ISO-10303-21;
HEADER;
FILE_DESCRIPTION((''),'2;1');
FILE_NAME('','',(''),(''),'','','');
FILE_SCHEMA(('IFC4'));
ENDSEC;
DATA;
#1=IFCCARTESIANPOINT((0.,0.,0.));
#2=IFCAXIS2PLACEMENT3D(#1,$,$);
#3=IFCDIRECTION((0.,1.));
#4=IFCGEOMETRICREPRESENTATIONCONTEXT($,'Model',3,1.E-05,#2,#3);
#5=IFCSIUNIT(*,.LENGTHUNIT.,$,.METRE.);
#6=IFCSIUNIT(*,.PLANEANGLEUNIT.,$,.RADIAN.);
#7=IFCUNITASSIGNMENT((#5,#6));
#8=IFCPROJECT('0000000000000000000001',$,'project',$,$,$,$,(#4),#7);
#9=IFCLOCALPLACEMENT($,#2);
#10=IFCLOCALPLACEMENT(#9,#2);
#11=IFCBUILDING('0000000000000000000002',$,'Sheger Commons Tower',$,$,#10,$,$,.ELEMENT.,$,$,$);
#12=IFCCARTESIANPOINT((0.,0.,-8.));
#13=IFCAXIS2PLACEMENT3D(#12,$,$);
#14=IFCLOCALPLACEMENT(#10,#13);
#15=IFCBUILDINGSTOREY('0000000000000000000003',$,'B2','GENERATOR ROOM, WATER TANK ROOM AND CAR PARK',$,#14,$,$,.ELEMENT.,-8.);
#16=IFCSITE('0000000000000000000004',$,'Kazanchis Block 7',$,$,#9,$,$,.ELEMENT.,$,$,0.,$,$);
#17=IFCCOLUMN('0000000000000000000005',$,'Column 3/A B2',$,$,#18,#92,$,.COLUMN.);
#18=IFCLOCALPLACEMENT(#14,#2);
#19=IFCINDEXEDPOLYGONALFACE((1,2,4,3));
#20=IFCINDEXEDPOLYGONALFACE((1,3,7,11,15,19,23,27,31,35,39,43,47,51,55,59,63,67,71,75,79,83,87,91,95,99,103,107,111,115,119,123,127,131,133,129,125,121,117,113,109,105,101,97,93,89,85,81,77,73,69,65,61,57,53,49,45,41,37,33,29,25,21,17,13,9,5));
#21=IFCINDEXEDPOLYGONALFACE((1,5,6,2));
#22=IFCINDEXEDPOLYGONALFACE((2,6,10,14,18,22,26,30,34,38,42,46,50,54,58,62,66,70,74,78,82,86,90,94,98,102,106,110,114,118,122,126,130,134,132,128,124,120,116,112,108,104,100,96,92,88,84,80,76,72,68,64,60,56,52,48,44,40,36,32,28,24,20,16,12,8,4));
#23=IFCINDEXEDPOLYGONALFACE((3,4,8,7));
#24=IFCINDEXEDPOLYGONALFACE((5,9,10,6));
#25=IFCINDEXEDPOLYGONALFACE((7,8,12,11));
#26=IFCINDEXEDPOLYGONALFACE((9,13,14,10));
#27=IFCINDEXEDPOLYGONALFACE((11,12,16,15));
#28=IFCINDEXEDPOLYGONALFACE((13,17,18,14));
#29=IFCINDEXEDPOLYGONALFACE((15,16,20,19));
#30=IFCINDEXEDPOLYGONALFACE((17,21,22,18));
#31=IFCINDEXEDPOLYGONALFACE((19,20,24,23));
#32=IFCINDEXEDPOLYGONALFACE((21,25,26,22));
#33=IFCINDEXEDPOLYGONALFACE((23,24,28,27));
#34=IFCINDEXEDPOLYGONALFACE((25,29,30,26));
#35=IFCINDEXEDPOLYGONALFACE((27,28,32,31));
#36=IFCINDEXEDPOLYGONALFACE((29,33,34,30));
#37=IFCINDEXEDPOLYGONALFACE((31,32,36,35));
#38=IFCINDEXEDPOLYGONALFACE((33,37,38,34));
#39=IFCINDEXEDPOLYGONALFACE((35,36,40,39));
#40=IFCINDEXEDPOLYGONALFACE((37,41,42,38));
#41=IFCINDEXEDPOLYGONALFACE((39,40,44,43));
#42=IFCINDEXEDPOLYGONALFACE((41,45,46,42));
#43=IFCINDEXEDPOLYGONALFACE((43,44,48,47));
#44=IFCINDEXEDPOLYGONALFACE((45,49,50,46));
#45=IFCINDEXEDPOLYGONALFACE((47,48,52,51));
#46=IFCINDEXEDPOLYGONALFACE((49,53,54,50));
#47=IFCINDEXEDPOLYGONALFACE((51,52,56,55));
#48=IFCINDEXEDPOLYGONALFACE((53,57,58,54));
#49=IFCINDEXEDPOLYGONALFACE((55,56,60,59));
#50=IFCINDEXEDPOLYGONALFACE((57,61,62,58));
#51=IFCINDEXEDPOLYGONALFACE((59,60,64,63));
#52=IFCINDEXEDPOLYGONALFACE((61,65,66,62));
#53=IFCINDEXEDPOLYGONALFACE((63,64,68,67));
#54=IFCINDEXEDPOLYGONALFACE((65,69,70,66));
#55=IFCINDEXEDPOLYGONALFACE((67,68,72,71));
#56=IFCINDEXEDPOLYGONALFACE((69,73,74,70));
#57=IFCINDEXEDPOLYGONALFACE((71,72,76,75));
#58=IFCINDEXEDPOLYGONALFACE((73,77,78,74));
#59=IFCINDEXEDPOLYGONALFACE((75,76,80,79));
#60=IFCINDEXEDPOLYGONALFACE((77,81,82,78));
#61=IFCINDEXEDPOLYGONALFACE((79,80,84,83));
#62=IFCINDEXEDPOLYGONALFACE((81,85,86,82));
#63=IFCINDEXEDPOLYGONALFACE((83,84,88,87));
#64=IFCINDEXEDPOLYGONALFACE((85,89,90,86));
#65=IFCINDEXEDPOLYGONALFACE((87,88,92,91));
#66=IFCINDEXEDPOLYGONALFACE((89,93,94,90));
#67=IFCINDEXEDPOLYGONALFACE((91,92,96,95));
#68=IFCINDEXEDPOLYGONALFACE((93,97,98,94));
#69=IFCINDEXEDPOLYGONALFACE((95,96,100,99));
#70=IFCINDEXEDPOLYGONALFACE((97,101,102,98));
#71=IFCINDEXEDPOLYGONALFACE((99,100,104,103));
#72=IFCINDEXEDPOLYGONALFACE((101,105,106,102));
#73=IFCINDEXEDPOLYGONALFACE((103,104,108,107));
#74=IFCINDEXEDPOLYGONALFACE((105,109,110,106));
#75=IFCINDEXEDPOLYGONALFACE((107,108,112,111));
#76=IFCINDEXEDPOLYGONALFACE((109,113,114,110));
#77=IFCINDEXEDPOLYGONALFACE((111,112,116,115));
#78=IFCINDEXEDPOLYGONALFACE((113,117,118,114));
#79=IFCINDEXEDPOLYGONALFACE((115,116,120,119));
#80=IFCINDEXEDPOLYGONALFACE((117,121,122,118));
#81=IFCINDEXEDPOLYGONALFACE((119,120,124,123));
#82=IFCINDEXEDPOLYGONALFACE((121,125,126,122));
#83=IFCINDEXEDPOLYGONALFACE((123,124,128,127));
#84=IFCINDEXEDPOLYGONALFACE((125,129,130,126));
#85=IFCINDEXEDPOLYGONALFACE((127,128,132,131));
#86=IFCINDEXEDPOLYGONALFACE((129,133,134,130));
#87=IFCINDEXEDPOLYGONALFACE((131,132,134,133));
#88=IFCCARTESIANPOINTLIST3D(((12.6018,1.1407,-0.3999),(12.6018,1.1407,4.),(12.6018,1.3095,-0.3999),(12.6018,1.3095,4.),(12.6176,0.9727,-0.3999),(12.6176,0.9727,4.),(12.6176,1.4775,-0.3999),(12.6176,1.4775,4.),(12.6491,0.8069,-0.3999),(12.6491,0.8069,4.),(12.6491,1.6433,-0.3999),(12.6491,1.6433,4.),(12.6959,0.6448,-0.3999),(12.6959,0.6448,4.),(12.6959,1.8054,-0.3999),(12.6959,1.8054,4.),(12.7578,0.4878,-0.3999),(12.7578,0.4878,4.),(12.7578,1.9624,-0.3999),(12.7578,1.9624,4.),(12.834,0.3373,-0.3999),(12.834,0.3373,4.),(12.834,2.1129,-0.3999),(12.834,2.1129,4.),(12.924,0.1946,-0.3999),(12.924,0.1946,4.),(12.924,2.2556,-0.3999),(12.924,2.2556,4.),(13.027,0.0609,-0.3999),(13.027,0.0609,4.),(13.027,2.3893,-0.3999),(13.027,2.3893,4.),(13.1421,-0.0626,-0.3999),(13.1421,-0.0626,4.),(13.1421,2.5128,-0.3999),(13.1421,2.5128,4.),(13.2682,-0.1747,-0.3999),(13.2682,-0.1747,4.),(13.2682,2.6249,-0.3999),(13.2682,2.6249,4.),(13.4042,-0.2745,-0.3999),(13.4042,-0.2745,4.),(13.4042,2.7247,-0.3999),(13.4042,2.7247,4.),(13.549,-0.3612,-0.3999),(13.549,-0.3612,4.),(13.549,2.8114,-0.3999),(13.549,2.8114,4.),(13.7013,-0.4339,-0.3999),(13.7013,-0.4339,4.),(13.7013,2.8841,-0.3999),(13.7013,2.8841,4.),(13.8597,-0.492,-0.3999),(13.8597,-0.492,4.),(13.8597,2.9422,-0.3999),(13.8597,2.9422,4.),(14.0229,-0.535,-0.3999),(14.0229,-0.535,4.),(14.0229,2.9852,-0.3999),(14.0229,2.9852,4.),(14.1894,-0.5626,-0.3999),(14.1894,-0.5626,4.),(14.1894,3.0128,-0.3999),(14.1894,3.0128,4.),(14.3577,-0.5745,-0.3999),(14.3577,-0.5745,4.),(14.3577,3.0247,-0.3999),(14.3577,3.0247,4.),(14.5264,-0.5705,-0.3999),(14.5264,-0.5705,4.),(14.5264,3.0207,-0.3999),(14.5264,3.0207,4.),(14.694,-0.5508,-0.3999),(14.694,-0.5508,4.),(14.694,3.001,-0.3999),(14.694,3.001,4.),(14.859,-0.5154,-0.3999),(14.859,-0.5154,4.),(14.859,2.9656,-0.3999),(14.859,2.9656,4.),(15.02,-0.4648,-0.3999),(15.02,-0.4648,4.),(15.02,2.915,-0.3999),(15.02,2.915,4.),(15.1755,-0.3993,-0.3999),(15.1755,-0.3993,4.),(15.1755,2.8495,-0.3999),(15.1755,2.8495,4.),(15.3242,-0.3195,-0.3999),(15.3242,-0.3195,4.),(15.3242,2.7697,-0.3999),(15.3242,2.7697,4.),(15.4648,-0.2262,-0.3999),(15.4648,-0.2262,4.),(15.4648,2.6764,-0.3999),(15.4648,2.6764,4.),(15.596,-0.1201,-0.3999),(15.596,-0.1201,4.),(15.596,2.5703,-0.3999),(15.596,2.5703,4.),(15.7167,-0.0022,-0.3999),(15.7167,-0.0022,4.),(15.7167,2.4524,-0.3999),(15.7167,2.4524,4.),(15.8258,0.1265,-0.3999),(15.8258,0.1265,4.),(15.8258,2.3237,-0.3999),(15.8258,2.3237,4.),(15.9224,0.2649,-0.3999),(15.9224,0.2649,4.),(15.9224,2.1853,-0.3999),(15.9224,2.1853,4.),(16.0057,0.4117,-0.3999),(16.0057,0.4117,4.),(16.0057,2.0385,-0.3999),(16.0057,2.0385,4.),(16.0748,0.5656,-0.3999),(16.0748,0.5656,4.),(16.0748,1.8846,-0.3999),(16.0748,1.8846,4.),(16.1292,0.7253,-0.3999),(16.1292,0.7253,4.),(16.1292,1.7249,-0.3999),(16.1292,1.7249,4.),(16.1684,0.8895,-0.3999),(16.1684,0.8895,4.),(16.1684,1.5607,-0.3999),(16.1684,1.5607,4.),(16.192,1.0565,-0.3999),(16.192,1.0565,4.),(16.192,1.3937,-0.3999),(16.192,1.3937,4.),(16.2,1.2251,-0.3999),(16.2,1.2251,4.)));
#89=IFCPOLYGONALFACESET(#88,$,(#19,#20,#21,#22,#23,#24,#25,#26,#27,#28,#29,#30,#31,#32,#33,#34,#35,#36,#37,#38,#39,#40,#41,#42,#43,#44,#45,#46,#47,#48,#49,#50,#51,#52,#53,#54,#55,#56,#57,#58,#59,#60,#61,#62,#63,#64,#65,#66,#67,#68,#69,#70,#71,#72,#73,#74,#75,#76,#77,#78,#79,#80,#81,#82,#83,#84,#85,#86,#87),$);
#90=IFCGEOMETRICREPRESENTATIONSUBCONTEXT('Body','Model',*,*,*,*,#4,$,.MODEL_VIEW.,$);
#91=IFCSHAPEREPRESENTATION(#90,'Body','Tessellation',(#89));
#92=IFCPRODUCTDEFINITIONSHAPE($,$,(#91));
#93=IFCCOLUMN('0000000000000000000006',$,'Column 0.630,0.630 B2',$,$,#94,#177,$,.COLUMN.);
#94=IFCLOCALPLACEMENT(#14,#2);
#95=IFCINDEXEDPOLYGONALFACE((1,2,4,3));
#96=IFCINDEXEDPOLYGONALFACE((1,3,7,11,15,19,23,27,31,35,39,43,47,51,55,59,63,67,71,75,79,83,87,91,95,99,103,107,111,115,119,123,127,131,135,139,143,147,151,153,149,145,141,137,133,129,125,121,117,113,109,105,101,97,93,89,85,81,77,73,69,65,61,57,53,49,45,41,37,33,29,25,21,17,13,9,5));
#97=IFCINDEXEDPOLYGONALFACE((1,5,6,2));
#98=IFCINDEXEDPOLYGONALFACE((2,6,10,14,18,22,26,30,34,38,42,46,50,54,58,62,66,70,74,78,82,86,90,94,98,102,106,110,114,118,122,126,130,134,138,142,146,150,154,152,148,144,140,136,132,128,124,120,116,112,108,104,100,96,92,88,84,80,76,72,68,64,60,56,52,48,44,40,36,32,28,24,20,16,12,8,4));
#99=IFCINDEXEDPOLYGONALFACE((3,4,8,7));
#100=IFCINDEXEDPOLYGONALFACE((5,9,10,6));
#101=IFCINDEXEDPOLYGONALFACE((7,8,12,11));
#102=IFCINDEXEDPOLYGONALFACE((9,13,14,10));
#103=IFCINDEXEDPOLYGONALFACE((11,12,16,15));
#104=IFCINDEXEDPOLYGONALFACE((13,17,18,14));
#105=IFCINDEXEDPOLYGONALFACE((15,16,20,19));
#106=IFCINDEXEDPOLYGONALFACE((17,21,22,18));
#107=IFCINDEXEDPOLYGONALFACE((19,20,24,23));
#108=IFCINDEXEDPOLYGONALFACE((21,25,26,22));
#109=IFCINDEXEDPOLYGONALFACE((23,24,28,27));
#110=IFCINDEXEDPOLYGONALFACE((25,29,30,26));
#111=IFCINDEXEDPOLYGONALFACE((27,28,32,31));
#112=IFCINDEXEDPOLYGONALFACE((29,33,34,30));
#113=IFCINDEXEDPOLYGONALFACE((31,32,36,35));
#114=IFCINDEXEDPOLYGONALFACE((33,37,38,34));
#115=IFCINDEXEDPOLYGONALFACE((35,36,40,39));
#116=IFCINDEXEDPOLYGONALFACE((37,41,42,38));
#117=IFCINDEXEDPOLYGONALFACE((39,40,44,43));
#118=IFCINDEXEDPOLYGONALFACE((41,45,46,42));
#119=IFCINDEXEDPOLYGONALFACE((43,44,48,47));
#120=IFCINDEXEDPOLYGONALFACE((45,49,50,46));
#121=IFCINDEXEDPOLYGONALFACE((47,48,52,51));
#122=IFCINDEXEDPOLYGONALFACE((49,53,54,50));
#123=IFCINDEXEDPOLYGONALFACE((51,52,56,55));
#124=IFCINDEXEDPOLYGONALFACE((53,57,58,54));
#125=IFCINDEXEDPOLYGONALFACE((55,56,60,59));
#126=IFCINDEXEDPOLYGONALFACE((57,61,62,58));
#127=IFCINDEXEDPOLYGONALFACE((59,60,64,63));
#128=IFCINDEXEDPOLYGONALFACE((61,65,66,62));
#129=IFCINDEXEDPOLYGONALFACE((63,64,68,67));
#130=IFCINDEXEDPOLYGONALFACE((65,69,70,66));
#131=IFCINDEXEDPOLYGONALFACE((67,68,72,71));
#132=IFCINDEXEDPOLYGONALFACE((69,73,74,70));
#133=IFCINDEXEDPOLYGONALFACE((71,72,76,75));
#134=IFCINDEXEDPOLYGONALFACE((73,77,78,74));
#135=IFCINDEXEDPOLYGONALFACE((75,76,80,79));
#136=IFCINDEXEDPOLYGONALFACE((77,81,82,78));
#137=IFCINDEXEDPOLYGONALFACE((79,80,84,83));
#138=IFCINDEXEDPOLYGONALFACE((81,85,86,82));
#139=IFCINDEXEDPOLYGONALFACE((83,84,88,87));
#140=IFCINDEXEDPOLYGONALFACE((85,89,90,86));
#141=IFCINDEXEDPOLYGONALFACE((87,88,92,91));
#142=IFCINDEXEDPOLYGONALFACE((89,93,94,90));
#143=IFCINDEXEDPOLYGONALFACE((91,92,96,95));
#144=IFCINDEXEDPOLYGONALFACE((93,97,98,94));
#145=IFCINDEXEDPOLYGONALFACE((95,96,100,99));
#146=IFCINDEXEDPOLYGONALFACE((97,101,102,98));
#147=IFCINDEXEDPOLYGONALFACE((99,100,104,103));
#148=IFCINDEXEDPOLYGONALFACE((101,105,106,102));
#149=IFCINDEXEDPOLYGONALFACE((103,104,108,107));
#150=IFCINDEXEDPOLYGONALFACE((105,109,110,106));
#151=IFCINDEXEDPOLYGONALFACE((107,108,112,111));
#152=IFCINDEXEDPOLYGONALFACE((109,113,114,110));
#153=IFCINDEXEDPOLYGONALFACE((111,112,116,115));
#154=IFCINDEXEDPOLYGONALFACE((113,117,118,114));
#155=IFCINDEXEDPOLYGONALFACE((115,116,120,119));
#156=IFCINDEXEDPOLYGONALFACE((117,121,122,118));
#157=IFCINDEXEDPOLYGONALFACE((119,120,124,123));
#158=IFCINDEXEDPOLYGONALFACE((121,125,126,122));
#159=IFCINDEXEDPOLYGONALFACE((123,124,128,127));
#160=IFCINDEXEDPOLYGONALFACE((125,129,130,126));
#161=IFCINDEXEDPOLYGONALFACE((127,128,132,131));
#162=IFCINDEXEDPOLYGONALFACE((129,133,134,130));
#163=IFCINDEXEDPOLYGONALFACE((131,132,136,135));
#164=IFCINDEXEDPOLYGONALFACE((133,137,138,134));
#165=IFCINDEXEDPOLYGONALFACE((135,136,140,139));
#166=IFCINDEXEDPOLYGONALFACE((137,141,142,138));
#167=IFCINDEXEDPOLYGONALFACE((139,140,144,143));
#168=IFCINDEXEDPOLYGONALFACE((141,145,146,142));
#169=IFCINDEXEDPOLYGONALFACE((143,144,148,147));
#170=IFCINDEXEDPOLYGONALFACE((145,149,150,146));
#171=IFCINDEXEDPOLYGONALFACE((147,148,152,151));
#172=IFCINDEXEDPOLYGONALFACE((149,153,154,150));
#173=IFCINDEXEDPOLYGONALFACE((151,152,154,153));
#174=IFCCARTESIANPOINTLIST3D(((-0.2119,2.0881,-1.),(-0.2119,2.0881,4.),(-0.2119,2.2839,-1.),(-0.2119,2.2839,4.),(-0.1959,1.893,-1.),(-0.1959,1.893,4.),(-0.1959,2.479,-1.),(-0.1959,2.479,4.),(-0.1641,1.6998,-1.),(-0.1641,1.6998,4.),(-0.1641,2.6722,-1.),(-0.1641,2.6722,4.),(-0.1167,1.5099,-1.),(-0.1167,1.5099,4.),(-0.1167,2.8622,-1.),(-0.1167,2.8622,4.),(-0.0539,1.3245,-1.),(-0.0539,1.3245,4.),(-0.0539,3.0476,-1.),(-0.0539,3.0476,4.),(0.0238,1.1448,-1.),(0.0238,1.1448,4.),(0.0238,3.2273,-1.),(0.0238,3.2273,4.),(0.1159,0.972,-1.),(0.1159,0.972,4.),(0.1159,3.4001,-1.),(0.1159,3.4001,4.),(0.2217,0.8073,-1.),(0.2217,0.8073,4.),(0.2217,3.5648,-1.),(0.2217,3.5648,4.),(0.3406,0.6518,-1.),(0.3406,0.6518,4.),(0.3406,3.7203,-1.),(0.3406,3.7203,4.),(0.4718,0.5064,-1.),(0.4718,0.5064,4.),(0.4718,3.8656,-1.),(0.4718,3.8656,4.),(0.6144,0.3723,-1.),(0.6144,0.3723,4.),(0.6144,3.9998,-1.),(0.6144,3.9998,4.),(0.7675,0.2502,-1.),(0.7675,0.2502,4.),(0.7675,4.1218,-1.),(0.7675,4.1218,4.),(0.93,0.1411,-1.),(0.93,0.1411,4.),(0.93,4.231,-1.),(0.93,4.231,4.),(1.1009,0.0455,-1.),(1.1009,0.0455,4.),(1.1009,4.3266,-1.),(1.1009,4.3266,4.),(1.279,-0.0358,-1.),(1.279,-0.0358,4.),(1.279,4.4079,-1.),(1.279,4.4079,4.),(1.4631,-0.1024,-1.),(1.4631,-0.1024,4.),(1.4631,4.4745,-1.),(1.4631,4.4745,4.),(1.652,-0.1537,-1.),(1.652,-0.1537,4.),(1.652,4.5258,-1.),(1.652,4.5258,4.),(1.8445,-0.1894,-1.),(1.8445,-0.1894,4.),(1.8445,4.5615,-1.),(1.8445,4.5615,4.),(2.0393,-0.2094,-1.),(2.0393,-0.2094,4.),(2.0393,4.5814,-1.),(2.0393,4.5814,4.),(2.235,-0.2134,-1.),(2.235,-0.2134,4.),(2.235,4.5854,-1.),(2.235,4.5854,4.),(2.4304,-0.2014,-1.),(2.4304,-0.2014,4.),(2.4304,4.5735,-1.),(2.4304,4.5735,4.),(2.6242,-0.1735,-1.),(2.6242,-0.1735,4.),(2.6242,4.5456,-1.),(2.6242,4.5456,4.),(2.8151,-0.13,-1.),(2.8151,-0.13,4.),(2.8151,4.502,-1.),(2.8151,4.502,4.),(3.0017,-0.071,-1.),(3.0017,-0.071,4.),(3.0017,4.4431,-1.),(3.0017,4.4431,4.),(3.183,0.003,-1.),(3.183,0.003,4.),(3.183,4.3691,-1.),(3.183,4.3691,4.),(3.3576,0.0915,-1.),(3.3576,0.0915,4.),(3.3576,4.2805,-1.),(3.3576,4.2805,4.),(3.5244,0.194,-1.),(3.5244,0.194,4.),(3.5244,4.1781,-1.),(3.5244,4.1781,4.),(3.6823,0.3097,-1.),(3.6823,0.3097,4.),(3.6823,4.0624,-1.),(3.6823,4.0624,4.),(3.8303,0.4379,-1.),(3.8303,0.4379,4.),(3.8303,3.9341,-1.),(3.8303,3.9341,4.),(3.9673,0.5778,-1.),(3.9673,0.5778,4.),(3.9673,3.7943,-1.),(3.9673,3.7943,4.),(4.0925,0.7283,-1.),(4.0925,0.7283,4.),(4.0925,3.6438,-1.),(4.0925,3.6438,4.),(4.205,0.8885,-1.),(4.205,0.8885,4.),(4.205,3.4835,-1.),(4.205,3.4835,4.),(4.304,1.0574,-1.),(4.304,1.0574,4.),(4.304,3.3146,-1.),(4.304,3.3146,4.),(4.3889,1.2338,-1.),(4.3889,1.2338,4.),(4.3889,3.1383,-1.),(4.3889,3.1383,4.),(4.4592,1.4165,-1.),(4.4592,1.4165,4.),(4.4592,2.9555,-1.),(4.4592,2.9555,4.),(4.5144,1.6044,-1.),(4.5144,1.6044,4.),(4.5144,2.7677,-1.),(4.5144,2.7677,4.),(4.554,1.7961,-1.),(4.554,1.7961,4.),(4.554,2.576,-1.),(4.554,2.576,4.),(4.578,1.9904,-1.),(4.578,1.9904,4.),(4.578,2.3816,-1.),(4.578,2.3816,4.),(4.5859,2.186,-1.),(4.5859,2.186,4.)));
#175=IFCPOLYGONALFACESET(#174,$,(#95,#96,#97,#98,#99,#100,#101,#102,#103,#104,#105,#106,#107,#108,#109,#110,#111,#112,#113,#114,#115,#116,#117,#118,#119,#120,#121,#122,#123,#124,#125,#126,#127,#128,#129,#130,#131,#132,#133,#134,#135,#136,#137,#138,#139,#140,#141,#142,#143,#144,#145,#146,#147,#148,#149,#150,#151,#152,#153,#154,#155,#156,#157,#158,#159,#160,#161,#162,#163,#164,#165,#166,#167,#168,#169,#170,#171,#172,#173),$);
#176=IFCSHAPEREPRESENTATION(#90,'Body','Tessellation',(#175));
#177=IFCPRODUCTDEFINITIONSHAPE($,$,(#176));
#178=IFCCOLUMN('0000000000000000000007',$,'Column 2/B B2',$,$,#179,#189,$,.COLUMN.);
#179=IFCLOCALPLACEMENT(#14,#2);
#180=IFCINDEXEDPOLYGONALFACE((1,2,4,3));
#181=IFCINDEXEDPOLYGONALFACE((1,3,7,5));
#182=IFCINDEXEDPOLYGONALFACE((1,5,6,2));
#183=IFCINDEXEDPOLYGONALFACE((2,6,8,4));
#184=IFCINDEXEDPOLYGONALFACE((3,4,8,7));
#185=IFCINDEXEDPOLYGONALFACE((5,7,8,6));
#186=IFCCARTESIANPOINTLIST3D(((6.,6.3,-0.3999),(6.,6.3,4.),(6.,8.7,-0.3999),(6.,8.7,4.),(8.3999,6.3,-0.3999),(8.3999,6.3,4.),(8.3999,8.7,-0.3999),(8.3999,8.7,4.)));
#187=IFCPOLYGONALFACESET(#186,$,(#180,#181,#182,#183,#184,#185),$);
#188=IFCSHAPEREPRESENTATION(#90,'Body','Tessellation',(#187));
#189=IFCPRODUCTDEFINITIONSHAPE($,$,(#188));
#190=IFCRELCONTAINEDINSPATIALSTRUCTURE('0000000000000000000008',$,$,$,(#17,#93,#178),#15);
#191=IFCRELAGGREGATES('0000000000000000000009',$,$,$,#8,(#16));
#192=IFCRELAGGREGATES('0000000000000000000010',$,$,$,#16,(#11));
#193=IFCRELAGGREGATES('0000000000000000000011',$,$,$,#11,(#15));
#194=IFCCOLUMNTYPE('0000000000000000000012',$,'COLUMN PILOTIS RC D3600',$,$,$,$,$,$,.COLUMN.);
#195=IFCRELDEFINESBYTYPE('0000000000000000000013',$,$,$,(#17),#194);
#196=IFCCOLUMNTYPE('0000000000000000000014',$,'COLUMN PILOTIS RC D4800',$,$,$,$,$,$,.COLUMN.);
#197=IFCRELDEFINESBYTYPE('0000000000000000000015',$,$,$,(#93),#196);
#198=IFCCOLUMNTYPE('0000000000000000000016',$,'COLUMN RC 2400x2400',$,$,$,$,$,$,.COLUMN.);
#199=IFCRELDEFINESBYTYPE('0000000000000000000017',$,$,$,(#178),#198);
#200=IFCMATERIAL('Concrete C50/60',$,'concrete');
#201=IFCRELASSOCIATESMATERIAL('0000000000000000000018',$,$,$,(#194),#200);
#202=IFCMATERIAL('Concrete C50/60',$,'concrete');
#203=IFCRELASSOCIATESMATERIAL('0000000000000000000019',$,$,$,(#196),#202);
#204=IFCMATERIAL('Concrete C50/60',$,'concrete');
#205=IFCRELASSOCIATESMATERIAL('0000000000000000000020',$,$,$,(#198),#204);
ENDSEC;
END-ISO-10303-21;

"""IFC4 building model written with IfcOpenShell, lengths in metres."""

from ifc_helpers import new_model, si_unit, direction, frame, origin, origin_2d, place, context, subcontext, project, spatial, rectangle, circle, extrude, material, material_profile, profile_set, type_object, element, save


model = new_model("IFC4")

# Units and contexts
model_context = context("Model", 3, precision=1e-05, world=origin(), true_north=direction((0.0, 1.0)))
body_context = subcontext(model_context, "Body", "Model", "MODEL_VIEW")
ifc_project = project(units=[si_unit("LENGTHUNIT", "METRE"), si_unit("PLANEANGLEUNIT", "RADIAN")], contexts=[model_context])

# Site, building, storey
site_placement = place(None, origin())
site = spatial("IfcSite", under=ifc_project, at=site_placement, Name="Kazanchis Block 7", CompositionType="ELEMENT", RefElevation=0.0)
building_placement = place(site_placement, origin())
building = spatial("IfcBuilding", under=site, at=building_placement, Name="Sheger Commons Tower", CompositionType="ELEMENT")
storey_placement = place(building_placement, frame((0.0, 0.0, -8.0)))
storey = spatial("IfcBuildingStorey", under=building, at=storey_placement, Name="B2", Description="GENERATOR ROOM, WATER TANK ROOM AND CAR PARK", CompositionType="ELEMENT", Elevation=-8.0)

# Columns
ifc_material_1 = material(Name="Concrete C50/60", Category="concrete")
ifc_material_profile_1 = material_profile(ifc_material_1, circle(Radius=1.8, at=origin_2d()), Name="RC D3600")
ifc_profile_set_1 = profile_set([ifc_material_profile_1], Name="Concrete C50/60")
column_type_1 = type_object("IfcColumnType", Name="COLUMN PILOTIS RC D3600", PredefinedType="COLUMN", material=ifc_profile_set_1)
column_1_placement = place(storey_placement, frame((14.3999, 1.2251, -0.3999), z_axis=(0.0, 0.0, 1.0), x_axis=(1.0, 0.0, 0.0)))
element("IfcColumn", 1, at=column_1_placement, inside=storey, type_object=column_type_1, Name="Column 3/A B2", PredefinedType="COLUMN", context=body_context, shape_type="SweptSolid", body=[
    extrude(circle(Radius=1.8, at=origin_2d()), origin(), (0.0, 0.0, 1.0), 4.3999),
])
ifc_material_2 = material(Name="Concrete C50/60", Category="concrete")
ifc_material_profile_2 = material_profile(ifc_material_2, circle(Radius=2.3999, at=origin_2d()), Name="RC D4800")
ifc_profile_set_2 = profile_set([ifc_material_profile_2], Name="Concrete C50/60")
column_type_2 = type_object("IfcColumnType", Name="COLUMN PILOTIS RC D4800", PredefinedType="COLUMN", material=ifc_profile_set_2)
column_2_placement = place(storey_placement, frame((2.186, 2.186, -1.0), z_axis=(0.0, 0.0, 1.0), x_axis=(1.0, 0.0, 0.0)))
element("IfcColumn", 2, at=column_2_placement, inside=storey, type_object=column_type_2, Name="Column 0.630,0.630 B2", PredefinedType="COLUMN", context=body_context, shape_type="SweptSolid", body=[
    extrude(circle(Radius=2.3999, at=origin_2d()), origin(), (0.0, 0.0, 1.0), 5.0),
])
ifc_material_3 = material(Name="Concrete C50/60", Category="concrete")
ifc_material_profile_3 = material_profile(ifc_material_3, rectangle(XDim=2.3999, YDim=2.3999, at=origin_2d()), Name="RC 2400x2400")
ifc_profile_set_3 = profile_set([ifc_material_profile_3], Name="Concrete C50/60")
column_type_3 = type_object("IfcColumnType", Name="COLUMN RC 2400x2400", PredefinedType="COLUMN", material=ifc_profile_set_3)
column_3_placement = place(storey_placement, frame((7.2, 7.5, -0.3999), z_axis=(0.0, 0.0, 1.0), x_axis=(1.0, 0.0, 0.0)))
element("IfcColumn", 3, at=column_3_placement, inside=storey, type_object=column_type_3, Name="Column 2/B B2", PredefinedType="COLUMN", context=body_context, shape_type="SweptSolid", body=[
    extrude(rectangle(XDim=2.3999, YDim=2.3999, at=origin_2d()), origin(), (0.0, 0.0, 1.0), 4.3999),
])

save(model, "model.ifc")
